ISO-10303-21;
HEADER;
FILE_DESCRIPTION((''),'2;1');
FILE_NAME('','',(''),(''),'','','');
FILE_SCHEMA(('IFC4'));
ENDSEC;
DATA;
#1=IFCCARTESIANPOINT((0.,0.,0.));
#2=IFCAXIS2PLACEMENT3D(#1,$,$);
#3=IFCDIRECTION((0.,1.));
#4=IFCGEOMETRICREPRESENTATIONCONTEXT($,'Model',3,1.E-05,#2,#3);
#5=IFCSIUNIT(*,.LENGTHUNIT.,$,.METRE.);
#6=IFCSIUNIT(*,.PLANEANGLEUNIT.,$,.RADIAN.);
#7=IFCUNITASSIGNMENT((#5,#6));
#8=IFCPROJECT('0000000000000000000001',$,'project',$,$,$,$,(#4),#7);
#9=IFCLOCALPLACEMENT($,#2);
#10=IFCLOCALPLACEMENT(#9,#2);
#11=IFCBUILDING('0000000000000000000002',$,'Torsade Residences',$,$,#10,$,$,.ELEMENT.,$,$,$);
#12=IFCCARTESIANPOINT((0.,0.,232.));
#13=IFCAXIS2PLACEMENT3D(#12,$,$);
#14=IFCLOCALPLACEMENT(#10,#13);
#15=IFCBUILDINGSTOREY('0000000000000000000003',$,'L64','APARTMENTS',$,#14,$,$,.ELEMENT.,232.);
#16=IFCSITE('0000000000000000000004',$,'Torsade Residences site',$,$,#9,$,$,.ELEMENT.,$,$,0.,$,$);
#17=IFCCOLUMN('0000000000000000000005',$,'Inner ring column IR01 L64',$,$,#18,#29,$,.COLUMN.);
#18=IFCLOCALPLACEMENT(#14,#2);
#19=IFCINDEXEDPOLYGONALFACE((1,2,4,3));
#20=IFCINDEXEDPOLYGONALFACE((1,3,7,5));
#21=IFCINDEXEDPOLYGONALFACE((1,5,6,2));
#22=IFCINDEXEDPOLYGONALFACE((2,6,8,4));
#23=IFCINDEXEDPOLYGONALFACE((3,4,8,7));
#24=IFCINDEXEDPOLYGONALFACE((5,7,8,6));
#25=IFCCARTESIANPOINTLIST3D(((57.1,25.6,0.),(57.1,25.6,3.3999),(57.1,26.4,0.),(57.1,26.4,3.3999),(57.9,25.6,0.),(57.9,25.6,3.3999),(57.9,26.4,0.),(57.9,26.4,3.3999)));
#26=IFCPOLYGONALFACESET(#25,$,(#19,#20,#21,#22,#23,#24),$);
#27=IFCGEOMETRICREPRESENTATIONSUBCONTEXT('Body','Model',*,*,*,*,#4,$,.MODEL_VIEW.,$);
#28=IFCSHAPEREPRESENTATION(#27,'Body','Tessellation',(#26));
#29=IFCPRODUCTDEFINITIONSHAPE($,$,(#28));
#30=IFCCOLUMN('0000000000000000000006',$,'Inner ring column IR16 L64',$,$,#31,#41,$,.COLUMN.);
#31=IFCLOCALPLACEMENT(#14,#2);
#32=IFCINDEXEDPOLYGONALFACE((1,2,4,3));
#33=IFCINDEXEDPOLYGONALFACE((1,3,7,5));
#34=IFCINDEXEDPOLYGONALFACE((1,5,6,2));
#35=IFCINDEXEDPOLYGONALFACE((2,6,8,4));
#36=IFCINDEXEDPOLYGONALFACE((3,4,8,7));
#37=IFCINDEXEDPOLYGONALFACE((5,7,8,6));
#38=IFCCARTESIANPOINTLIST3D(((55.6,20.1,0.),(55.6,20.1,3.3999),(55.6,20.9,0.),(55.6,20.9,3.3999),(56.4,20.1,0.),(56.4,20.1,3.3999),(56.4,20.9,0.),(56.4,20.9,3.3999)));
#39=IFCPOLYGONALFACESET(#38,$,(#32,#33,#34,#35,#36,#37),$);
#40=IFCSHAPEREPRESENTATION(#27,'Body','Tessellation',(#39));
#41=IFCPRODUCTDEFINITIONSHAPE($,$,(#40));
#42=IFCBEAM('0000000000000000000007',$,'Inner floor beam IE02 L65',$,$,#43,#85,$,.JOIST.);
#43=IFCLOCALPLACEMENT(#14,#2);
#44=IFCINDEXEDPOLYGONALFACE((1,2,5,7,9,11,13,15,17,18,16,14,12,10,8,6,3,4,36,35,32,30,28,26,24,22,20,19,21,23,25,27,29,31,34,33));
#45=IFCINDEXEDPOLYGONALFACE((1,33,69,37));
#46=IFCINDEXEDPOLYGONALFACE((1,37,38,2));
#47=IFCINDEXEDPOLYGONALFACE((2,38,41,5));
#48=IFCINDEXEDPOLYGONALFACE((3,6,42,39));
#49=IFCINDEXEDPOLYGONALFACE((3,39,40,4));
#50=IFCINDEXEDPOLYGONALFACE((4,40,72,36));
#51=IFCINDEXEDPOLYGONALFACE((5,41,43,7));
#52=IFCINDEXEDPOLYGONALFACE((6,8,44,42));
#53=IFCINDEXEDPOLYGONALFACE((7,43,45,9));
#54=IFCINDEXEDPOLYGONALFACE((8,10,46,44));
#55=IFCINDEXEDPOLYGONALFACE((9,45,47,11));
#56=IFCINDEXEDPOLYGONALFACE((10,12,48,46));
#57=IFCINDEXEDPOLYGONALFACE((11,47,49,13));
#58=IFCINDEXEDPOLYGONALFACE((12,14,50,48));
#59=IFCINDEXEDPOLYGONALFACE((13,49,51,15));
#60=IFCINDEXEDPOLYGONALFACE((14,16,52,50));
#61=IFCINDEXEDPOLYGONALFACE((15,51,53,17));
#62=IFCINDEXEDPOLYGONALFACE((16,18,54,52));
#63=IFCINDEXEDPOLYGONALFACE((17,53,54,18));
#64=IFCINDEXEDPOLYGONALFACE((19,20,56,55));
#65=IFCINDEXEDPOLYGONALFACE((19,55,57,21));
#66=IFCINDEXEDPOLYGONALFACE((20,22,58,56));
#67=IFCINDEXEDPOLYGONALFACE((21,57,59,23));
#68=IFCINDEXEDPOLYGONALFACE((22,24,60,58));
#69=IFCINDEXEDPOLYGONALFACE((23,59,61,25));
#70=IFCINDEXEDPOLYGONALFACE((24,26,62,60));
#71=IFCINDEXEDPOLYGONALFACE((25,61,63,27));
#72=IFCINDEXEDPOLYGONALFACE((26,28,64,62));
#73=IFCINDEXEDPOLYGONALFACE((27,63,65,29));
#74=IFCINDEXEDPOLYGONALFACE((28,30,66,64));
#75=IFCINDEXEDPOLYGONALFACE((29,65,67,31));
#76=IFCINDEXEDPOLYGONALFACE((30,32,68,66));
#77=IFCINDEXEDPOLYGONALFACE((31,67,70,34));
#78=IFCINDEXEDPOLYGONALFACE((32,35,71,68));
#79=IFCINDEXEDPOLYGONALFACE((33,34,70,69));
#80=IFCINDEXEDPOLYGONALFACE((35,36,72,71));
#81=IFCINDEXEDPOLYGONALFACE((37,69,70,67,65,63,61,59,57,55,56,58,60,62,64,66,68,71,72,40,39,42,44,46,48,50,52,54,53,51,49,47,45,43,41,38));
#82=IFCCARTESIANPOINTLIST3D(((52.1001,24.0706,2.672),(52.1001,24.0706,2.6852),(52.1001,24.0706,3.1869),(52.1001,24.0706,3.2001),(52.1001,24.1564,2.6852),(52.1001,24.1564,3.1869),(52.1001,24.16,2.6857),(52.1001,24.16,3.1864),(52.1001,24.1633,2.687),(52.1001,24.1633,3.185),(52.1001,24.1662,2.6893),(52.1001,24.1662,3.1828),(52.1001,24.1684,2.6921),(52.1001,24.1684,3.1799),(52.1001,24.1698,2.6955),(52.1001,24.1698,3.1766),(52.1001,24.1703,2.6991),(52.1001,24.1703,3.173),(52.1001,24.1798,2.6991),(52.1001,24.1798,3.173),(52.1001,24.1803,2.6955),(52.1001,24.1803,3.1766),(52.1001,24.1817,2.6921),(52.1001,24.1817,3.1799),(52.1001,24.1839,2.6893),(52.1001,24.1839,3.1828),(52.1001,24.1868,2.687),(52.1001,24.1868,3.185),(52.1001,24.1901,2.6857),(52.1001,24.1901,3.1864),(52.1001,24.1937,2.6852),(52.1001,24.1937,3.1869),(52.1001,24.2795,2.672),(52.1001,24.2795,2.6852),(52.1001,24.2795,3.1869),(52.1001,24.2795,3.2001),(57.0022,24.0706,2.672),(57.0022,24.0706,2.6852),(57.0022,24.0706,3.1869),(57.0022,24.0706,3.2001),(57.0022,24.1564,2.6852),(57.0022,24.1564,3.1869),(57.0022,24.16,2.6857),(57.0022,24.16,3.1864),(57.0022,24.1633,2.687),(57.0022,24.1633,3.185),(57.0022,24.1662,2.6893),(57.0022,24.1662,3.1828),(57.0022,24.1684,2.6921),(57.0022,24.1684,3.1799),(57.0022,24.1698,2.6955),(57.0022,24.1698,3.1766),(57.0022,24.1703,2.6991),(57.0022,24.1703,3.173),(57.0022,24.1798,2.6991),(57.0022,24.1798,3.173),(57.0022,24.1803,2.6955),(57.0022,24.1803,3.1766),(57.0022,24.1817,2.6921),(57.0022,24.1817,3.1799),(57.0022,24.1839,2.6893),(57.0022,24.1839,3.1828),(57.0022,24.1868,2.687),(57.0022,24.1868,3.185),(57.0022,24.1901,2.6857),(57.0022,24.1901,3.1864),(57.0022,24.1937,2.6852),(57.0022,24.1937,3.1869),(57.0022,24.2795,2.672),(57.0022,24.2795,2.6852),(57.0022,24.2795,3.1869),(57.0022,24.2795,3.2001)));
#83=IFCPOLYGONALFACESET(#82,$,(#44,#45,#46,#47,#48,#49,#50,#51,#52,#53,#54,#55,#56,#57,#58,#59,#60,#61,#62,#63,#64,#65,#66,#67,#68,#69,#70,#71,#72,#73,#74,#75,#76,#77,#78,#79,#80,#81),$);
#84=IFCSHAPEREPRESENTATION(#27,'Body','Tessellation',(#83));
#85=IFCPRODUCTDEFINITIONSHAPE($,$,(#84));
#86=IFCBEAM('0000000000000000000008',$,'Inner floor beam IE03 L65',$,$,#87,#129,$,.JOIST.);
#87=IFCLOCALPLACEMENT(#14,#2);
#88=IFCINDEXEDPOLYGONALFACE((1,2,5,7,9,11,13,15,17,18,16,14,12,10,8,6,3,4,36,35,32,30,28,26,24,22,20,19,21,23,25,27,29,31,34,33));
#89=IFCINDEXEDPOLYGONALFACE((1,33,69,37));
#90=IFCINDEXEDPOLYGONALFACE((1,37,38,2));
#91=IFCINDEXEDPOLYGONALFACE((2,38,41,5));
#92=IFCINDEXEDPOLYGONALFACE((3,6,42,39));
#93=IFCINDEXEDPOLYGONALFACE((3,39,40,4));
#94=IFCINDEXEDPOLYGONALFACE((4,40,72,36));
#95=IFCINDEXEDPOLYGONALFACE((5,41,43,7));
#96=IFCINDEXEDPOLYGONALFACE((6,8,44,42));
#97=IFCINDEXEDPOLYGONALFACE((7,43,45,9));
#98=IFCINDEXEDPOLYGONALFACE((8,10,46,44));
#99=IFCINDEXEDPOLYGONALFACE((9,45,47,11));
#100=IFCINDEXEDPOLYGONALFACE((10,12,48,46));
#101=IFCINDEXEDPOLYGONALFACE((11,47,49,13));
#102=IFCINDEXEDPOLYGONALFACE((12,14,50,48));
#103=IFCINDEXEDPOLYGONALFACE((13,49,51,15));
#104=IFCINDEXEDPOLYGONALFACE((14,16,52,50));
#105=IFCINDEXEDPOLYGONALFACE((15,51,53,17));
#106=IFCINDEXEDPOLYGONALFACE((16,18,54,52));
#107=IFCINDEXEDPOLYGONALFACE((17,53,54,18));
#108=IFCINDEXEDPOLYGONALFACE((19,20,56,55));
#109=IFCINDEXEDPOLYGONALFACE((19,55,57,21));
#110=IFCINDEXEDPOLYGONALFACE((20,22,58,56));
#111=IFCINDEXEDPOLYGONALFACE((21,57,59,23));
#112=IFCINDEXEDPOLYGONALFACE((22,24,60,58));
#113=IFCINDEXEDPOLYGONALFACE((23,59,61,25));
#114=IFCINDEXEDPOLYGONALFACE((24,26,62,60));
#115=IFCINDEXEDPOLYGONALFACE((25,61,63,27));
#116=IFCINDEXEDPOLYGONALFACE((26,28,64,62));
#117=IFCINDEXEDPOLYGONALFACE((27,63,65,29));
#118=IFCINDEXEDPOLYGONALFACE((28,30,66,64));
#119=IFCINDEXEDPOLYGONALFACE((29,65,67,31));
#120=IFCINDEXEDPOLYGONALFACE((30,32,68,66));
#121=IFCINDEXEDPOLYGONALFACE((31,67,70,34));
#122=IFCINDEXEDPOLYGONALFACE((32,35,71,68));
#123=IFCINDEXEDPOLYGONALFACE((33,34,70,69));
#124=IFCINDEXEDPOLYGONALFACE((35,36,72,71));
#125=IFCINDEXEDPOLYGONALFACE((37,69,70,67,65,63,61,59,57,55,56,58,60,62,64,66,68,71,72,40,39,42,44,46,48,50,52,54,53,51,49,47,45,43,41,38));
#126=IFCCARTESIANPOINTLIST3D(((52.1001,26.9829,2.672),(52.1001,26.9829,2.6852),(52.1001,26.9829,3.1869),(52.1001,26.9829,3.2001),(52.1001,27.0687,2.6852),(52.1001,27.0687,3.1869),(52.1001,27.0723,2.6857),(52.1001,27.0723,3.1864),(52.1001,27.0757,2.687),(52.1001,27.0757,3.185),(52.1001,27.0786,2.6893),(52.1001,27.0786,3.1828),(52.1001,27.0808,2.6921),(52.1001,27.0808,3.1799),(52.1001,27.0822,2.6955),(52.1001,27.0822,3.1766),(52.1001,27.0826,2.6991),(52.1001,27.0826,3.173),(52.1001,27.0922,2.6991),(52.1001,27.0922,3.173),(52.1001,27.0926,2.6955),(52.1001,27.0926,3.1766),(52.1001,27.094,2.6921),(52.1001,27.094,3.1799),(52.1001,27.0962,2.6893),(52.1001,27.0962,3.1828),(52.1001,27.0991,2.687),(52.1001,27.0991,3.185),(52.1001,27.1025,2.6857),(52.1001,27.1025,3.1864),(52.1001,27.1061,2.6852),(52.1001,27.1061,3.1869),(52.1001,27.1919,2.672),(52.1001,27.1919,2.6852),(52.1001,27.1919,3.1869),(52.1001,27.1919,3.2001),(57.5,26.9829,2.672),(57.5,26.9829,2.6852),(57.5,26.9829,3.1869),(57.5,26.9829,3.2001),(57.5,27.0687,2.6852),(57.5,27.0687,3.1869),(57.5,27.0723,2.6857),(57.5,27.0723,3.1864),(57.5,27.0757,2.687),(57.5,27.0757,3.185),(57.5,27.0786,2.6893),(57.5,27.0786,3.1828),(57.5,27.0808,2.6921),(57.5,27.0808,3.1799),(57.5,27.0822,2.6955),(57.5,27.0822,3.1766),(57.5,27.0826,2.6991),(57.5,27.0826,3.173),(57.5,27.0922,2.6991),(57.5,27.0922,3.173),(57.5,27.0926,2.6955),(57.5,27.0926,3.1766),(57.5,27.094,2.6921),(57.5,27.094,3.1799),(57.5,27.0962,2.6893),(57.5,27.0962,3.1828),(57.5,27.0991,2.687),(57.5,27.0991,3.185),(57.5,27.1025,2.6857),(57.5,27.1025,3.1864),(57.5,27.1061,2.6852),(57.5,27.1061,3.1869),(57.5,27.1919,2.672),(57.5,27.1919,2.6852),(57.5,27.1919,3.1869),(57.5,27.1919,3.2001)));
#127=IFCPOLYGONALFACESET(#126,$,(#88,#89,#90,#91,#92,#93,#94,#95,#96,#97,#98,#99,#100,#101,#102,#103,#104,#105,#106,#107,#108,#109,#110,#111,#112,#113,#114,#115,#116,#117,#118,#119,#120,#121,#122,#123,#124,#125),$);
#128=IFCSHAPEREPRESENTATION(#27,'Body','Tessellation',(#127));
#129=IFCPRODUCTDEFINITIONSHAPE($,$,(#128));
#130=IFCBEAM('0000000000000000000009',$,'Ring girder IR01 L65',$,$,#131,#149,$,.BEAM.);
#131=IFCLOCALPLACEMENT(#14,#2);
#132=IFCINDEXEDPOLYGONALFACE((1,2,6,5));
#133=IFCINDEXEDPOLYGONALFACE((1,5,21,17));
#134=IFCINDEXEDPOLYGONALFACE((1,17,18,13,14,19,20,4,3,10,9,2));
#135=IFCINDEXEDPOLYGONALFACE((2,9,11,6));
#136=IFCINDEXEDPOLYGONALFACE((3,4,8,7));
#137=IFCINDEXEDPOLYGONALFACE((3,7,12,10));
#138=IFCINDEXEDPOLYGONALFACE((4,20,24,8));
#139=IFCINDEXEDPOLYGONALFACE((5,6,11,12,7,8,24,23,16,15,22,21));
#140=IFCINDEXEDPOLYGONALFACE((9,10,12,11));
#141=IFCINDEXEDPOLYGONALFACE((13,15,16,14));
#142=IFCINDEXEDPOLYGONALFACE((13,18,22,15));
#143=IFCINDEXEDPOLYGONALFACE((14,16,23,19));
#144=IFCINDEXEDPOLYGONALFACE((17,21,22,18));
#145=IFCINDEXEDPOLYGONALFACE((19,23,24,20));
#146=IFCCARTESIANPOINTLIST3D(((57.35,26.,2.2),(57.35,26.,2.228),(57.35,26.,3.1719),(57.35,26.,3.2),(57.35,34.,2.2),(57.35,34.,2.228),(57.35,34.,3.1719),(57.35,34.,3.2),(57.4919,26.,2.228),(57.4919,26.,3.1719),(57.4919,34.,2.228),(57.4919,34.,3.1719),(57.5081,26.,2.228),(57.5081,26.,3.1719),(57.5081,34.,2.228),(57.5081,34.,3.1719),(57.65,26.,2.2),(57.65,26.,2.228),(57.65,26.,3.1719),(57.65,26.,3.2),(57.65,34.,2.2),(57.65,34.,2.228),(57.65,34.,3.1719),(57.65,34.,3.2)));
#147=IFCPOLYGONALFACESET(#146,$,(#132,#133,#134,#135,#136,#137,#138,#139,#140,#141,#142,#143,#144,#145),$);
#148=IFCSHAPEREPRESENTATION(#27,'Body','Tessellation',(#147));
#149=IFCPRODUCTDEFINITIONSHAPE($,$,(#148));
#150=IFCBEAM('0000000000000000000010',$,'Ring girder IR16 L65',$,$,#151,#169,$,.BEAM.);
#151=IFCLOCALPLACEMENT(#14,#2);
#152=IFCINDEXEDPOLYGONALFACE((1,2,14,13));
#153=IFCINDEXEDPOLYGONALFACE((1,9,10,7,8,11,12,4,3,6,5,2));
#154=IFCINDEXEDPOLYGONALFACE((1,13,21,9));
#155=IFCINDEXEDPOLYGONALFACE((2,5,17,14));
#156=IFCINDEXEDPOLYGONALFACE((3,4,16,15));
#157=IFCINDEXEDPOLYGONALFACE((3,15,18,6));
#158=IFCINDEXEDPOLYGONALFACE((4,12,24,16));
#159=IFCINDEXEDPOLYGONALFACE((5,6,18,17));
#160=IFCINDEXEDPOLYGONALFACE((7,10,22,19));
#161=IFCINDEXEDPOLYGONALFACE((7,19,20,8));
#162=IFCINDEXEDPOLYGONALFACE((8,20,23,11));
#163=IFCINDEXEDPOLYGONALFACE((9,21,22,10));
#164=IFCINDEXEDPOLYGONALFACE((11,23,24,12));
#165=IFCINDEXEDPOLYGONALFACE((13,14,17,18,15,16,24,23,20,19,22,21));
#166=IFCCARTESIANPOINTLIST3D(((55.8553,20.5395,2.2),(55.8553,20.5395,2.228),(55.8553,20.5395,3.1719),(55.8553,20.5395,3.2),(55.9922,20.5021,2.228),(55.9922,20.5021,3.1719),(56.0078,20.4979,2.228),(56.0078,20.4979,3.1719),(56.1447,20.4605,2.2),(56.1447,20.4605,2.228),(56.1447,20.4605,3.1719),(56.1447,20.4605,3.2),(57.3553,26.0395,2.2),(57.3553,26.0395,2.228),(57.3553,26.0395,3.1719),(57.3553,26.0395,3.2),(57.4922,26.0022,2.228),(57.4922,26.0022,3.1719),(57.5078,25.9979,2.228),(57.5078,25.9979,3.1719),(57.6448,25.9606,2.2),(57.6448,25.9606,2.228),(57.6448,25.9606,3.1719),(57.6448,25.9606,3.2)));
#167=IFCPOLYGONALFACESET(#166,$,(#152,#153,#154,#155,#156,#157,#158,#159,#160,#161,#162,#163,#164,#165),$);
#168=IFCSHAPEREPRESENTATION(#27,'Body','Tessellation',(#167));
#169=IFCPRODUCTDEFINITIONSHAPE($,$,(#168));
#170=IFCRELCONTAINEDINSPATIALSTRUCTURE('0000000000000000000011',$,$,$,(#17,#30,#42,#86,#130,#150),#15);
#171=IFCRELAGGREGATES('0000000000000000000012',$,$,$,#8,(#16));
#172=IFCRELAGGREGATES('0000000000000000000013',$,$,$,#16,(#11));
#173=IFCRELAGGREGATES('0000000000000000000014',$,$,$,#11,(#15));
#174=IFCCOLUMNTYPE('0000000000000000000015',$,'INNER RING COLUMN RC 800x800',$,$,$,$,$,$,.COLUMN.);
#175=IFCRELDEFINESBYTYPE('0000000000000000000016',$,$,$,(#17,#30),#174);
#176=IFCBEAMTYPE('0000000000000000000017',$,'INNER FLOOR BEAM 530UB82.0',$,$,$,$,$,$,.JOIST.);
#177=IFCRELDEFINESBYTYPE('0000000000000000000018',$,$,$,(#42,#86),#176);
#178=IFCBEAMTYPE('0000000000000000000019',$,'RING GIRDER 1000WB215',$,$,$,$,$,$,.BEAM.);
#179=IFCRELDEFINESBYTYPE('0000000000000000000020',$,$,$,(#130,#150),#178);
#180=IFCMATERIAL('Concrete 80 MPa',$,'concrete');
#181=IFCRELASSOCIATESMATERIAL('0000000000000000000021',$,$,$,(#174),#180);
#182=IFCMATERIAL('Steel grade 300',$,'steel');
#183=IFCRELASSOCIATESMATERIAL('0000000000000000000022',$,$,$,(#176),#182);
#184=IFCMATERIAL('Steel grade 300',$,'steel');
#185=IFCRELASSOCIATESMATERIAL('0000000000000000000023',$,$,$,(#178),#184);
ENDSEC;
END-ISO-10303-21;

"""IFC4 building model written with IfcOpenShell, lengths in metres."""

from ifc_helpers import new_model, si_unit, direction, frame, origin, origin_2d, place, context, subcontext, project, spatial, rectangle, i_section, extrude, material, material_profile, profile_set, type_object, element, save


model = new_model("IFC4")

# Units and contexts
model_context = context("Model", 3, precision=1e-05, world=origin(), true_north=direction((0.0, 1.0)))
body_context = subcontext(model_context, "Body", "Model", "MODEL_VIEW")
ifc_project = project(units=[si_unit("LENGTHUNIT", "METRE"), si_unit("PLANEANGLEUNIT", "RADIAN")], contexts=[model_context])

# Site, building, storey
site_placement = place(None, origin())
site = spatial("IfcSite", under=ifc_project, at=site_placement, Name="Torsade Residences site", CompositionType="ELEMENT", RefElevation=0.0)
building_placement = place(site_placement, origin())
building = spatial("IfcBuilding", under=site, at=building_placement, Name="Torsade Residences", CompositionType="ELEMENT")
storey_placement = place(building_placement, frame((0.0, 0.0, 232.0)))
storey = spatial("IfcBuildingStorey", under=building, at=storey_placement, Name="L64", Description="APARTMENTS", CompositionType="ELEMENT", Elevation=232.0)

# Columns
ifc_material_1 = material(Name="Concrete 80 MPa", Category="concrete")
ifc_material_profile_1 = material_profile(ifc_material_1, rectangle(XDim=0.8, YDim=0.8, at=origin_2d()), Name="RC 800x800")
ifc_profile_set_1 = profile_set([ifc_material_profile_1], Name="Concrete 80 MPa")
column_type = type_object("IfcColumnType", Name="INNER RING COLUMN RC 800x800", PredefinedType="COLUMN", material=ifc_profile_set_1)
for number, where, z_axis, x_axis, name in (
    (1, (57.5, 26.0, 0.0), (0.0, 0.0, 1.0), (1.0, 0.0, 0.0), "Inner ring column IR01 L64"),
    (2, (56.0, 20.5, 0.0), (0.0, 0.0, 1.0), (1.0, 0.0, 0.0), "Inner ring column IR16 L64"),
):
    element("IfcColumn", number, at=place(storey_placement, frame(where, z_axis=z_axis, x_axis=x_axis)), inside=storey, type_object=column_type, Name=name, PredefinedType="COLUMN", context=body_context, shape_type="SweptSolid", body=[
        extrude(rectangle(XDim=0.8, YDim=0.8, at=origin_2d()), origin(), (0.0, 0.0, 1.0), 3.3999),
    ])

# Beams
ifc_material_2 = material(Name="Steel grade 300", Category="steel")
ifc_material_profile_2 = material_profile(ifc_material_2, i_section(OverallWidth=0.209, OverallDepth=0.5281, WebThickness=0.0095, FlangeThickness=0.0132, FilletRadius=0.0139, at=origin_2d()), Name="530UB82.0")
ifc_profile_set_2 = profile_set([ifc_material_profile_2], Name="Steel grade 300")
beam_type_1 = type_object("IfcBeamType", Name="INNER FLOOR BEAM 530UB82.0", PredefinedType="JOIST", material=ifc_profile_set_2)
beam_1_placement = place(storey_placement, frame((52.1001, 24.175, 2.936), z_axis=(1.0, 0.0, 0.0), x_axis=(0.0, 1.0, 0.0)))
element("IfcBeam", 3, at=beam_1_placement, inside=storey, type_object=beam_type_1, Name="Inner floor beam IE02 L65", PredefinedType="JOIST", context=body_context, shape_type="SweptSolid", body=[
    extrude(i_section(OverallWidth=0.209, OverallDepth=0.5281, WebThickness=0.0095, FlangeThickness=0.0132, FilletRadius=0.0139, at=origin_2d()), origin(), (0.0, 0.0, 1.0), 4.9021),
])
beam_2_placement = place(storey_placement, frame((52.1001, 27.0874, 2.936), z_axis=(1.0, 0.0, 0.0), x_axis=(0.0, 1.0, 0.0)))
element("IfcBeam", 4, at=beam_2_placement, inside=storey, type_object=beam_type_1, Name="Inner floor beam IE03 L65", PredefinedType="JOIST", context=body_context, shape_type="SweptSolid", body=[
    extrude(i_section(OverallWidth=0.209, OverallDepth=0.5281, WebThickness=0.0095, FlangeThickness=0.0132, FilletRadius=0.0139, at=origin_2d()), origin(), (0.0, 0.0, 1.0), 5.3999),
])
ifc_material_3 = material(Name="Steel grade 300", Category="steel")
ifc_material_profile_3 = material_profile(ifc_material_3, i_section(OverallWidth=0.3, OverallDepth=1.0, WebThickness=0.0161, FlangeThickness=0.0281, at=origin_2d()), Name="1000WB215")
ifc_profile_set_3 = profile_set([ifc_material_profile_3], Name="Steel grade 300")
beam_type_2 = type_object("IfcBeamType", Name="RING GIRDER 1000WB215", PredefinedType="BEAM", material=ifc_profile_set_3)
beam_3_placement = place(storey_placement, frame((57.5, 26.0, 2.7), z_axis=(0.0, 1.0, 0.0), x_axis=(-1.0, 0.0, 0.0)))
element("IfcBeam", 5, at=beam_3_placement, inside=storey, type_object=beam_type_2, Name="Ring girder IR01 L65", PredefinedType="BEAM", context=body_context, shape_type="SweptSolid", body=[
    extrude(i_section(OverallWidth=0.3, OverallDepth=1.0, WebThickness=0.0161, FlangeThickness=0.0281, at=origin_2d()), origin(), (0.0, 0.0, 1.0), 8.0),
])
beam_4_placement = place(storey_placement, frame((56.0, 20.5, 2.7), z_axis=(0.263117, 0.964764, 0.0), x_axis=(-0.964764, 0.263117, 0.0)))
element("IfcBeam", 6, at=beam_4_placement, inside=storey, type_object=beam_type_2, Name="Ring girder IR16 L65", PredefinedType="BEAM", context=body_context, shape_type="SweptSolid", body=[
    extrude(i_section(OverallWidth=0.3, OverallDepth=1.0, WebThickness=0.0161, FlangeThickness=0.0281, at=origin_2d()), origin(), (0.0, 0.0, 1.0), 5.7009),
])

save(model, "model.ifc")
